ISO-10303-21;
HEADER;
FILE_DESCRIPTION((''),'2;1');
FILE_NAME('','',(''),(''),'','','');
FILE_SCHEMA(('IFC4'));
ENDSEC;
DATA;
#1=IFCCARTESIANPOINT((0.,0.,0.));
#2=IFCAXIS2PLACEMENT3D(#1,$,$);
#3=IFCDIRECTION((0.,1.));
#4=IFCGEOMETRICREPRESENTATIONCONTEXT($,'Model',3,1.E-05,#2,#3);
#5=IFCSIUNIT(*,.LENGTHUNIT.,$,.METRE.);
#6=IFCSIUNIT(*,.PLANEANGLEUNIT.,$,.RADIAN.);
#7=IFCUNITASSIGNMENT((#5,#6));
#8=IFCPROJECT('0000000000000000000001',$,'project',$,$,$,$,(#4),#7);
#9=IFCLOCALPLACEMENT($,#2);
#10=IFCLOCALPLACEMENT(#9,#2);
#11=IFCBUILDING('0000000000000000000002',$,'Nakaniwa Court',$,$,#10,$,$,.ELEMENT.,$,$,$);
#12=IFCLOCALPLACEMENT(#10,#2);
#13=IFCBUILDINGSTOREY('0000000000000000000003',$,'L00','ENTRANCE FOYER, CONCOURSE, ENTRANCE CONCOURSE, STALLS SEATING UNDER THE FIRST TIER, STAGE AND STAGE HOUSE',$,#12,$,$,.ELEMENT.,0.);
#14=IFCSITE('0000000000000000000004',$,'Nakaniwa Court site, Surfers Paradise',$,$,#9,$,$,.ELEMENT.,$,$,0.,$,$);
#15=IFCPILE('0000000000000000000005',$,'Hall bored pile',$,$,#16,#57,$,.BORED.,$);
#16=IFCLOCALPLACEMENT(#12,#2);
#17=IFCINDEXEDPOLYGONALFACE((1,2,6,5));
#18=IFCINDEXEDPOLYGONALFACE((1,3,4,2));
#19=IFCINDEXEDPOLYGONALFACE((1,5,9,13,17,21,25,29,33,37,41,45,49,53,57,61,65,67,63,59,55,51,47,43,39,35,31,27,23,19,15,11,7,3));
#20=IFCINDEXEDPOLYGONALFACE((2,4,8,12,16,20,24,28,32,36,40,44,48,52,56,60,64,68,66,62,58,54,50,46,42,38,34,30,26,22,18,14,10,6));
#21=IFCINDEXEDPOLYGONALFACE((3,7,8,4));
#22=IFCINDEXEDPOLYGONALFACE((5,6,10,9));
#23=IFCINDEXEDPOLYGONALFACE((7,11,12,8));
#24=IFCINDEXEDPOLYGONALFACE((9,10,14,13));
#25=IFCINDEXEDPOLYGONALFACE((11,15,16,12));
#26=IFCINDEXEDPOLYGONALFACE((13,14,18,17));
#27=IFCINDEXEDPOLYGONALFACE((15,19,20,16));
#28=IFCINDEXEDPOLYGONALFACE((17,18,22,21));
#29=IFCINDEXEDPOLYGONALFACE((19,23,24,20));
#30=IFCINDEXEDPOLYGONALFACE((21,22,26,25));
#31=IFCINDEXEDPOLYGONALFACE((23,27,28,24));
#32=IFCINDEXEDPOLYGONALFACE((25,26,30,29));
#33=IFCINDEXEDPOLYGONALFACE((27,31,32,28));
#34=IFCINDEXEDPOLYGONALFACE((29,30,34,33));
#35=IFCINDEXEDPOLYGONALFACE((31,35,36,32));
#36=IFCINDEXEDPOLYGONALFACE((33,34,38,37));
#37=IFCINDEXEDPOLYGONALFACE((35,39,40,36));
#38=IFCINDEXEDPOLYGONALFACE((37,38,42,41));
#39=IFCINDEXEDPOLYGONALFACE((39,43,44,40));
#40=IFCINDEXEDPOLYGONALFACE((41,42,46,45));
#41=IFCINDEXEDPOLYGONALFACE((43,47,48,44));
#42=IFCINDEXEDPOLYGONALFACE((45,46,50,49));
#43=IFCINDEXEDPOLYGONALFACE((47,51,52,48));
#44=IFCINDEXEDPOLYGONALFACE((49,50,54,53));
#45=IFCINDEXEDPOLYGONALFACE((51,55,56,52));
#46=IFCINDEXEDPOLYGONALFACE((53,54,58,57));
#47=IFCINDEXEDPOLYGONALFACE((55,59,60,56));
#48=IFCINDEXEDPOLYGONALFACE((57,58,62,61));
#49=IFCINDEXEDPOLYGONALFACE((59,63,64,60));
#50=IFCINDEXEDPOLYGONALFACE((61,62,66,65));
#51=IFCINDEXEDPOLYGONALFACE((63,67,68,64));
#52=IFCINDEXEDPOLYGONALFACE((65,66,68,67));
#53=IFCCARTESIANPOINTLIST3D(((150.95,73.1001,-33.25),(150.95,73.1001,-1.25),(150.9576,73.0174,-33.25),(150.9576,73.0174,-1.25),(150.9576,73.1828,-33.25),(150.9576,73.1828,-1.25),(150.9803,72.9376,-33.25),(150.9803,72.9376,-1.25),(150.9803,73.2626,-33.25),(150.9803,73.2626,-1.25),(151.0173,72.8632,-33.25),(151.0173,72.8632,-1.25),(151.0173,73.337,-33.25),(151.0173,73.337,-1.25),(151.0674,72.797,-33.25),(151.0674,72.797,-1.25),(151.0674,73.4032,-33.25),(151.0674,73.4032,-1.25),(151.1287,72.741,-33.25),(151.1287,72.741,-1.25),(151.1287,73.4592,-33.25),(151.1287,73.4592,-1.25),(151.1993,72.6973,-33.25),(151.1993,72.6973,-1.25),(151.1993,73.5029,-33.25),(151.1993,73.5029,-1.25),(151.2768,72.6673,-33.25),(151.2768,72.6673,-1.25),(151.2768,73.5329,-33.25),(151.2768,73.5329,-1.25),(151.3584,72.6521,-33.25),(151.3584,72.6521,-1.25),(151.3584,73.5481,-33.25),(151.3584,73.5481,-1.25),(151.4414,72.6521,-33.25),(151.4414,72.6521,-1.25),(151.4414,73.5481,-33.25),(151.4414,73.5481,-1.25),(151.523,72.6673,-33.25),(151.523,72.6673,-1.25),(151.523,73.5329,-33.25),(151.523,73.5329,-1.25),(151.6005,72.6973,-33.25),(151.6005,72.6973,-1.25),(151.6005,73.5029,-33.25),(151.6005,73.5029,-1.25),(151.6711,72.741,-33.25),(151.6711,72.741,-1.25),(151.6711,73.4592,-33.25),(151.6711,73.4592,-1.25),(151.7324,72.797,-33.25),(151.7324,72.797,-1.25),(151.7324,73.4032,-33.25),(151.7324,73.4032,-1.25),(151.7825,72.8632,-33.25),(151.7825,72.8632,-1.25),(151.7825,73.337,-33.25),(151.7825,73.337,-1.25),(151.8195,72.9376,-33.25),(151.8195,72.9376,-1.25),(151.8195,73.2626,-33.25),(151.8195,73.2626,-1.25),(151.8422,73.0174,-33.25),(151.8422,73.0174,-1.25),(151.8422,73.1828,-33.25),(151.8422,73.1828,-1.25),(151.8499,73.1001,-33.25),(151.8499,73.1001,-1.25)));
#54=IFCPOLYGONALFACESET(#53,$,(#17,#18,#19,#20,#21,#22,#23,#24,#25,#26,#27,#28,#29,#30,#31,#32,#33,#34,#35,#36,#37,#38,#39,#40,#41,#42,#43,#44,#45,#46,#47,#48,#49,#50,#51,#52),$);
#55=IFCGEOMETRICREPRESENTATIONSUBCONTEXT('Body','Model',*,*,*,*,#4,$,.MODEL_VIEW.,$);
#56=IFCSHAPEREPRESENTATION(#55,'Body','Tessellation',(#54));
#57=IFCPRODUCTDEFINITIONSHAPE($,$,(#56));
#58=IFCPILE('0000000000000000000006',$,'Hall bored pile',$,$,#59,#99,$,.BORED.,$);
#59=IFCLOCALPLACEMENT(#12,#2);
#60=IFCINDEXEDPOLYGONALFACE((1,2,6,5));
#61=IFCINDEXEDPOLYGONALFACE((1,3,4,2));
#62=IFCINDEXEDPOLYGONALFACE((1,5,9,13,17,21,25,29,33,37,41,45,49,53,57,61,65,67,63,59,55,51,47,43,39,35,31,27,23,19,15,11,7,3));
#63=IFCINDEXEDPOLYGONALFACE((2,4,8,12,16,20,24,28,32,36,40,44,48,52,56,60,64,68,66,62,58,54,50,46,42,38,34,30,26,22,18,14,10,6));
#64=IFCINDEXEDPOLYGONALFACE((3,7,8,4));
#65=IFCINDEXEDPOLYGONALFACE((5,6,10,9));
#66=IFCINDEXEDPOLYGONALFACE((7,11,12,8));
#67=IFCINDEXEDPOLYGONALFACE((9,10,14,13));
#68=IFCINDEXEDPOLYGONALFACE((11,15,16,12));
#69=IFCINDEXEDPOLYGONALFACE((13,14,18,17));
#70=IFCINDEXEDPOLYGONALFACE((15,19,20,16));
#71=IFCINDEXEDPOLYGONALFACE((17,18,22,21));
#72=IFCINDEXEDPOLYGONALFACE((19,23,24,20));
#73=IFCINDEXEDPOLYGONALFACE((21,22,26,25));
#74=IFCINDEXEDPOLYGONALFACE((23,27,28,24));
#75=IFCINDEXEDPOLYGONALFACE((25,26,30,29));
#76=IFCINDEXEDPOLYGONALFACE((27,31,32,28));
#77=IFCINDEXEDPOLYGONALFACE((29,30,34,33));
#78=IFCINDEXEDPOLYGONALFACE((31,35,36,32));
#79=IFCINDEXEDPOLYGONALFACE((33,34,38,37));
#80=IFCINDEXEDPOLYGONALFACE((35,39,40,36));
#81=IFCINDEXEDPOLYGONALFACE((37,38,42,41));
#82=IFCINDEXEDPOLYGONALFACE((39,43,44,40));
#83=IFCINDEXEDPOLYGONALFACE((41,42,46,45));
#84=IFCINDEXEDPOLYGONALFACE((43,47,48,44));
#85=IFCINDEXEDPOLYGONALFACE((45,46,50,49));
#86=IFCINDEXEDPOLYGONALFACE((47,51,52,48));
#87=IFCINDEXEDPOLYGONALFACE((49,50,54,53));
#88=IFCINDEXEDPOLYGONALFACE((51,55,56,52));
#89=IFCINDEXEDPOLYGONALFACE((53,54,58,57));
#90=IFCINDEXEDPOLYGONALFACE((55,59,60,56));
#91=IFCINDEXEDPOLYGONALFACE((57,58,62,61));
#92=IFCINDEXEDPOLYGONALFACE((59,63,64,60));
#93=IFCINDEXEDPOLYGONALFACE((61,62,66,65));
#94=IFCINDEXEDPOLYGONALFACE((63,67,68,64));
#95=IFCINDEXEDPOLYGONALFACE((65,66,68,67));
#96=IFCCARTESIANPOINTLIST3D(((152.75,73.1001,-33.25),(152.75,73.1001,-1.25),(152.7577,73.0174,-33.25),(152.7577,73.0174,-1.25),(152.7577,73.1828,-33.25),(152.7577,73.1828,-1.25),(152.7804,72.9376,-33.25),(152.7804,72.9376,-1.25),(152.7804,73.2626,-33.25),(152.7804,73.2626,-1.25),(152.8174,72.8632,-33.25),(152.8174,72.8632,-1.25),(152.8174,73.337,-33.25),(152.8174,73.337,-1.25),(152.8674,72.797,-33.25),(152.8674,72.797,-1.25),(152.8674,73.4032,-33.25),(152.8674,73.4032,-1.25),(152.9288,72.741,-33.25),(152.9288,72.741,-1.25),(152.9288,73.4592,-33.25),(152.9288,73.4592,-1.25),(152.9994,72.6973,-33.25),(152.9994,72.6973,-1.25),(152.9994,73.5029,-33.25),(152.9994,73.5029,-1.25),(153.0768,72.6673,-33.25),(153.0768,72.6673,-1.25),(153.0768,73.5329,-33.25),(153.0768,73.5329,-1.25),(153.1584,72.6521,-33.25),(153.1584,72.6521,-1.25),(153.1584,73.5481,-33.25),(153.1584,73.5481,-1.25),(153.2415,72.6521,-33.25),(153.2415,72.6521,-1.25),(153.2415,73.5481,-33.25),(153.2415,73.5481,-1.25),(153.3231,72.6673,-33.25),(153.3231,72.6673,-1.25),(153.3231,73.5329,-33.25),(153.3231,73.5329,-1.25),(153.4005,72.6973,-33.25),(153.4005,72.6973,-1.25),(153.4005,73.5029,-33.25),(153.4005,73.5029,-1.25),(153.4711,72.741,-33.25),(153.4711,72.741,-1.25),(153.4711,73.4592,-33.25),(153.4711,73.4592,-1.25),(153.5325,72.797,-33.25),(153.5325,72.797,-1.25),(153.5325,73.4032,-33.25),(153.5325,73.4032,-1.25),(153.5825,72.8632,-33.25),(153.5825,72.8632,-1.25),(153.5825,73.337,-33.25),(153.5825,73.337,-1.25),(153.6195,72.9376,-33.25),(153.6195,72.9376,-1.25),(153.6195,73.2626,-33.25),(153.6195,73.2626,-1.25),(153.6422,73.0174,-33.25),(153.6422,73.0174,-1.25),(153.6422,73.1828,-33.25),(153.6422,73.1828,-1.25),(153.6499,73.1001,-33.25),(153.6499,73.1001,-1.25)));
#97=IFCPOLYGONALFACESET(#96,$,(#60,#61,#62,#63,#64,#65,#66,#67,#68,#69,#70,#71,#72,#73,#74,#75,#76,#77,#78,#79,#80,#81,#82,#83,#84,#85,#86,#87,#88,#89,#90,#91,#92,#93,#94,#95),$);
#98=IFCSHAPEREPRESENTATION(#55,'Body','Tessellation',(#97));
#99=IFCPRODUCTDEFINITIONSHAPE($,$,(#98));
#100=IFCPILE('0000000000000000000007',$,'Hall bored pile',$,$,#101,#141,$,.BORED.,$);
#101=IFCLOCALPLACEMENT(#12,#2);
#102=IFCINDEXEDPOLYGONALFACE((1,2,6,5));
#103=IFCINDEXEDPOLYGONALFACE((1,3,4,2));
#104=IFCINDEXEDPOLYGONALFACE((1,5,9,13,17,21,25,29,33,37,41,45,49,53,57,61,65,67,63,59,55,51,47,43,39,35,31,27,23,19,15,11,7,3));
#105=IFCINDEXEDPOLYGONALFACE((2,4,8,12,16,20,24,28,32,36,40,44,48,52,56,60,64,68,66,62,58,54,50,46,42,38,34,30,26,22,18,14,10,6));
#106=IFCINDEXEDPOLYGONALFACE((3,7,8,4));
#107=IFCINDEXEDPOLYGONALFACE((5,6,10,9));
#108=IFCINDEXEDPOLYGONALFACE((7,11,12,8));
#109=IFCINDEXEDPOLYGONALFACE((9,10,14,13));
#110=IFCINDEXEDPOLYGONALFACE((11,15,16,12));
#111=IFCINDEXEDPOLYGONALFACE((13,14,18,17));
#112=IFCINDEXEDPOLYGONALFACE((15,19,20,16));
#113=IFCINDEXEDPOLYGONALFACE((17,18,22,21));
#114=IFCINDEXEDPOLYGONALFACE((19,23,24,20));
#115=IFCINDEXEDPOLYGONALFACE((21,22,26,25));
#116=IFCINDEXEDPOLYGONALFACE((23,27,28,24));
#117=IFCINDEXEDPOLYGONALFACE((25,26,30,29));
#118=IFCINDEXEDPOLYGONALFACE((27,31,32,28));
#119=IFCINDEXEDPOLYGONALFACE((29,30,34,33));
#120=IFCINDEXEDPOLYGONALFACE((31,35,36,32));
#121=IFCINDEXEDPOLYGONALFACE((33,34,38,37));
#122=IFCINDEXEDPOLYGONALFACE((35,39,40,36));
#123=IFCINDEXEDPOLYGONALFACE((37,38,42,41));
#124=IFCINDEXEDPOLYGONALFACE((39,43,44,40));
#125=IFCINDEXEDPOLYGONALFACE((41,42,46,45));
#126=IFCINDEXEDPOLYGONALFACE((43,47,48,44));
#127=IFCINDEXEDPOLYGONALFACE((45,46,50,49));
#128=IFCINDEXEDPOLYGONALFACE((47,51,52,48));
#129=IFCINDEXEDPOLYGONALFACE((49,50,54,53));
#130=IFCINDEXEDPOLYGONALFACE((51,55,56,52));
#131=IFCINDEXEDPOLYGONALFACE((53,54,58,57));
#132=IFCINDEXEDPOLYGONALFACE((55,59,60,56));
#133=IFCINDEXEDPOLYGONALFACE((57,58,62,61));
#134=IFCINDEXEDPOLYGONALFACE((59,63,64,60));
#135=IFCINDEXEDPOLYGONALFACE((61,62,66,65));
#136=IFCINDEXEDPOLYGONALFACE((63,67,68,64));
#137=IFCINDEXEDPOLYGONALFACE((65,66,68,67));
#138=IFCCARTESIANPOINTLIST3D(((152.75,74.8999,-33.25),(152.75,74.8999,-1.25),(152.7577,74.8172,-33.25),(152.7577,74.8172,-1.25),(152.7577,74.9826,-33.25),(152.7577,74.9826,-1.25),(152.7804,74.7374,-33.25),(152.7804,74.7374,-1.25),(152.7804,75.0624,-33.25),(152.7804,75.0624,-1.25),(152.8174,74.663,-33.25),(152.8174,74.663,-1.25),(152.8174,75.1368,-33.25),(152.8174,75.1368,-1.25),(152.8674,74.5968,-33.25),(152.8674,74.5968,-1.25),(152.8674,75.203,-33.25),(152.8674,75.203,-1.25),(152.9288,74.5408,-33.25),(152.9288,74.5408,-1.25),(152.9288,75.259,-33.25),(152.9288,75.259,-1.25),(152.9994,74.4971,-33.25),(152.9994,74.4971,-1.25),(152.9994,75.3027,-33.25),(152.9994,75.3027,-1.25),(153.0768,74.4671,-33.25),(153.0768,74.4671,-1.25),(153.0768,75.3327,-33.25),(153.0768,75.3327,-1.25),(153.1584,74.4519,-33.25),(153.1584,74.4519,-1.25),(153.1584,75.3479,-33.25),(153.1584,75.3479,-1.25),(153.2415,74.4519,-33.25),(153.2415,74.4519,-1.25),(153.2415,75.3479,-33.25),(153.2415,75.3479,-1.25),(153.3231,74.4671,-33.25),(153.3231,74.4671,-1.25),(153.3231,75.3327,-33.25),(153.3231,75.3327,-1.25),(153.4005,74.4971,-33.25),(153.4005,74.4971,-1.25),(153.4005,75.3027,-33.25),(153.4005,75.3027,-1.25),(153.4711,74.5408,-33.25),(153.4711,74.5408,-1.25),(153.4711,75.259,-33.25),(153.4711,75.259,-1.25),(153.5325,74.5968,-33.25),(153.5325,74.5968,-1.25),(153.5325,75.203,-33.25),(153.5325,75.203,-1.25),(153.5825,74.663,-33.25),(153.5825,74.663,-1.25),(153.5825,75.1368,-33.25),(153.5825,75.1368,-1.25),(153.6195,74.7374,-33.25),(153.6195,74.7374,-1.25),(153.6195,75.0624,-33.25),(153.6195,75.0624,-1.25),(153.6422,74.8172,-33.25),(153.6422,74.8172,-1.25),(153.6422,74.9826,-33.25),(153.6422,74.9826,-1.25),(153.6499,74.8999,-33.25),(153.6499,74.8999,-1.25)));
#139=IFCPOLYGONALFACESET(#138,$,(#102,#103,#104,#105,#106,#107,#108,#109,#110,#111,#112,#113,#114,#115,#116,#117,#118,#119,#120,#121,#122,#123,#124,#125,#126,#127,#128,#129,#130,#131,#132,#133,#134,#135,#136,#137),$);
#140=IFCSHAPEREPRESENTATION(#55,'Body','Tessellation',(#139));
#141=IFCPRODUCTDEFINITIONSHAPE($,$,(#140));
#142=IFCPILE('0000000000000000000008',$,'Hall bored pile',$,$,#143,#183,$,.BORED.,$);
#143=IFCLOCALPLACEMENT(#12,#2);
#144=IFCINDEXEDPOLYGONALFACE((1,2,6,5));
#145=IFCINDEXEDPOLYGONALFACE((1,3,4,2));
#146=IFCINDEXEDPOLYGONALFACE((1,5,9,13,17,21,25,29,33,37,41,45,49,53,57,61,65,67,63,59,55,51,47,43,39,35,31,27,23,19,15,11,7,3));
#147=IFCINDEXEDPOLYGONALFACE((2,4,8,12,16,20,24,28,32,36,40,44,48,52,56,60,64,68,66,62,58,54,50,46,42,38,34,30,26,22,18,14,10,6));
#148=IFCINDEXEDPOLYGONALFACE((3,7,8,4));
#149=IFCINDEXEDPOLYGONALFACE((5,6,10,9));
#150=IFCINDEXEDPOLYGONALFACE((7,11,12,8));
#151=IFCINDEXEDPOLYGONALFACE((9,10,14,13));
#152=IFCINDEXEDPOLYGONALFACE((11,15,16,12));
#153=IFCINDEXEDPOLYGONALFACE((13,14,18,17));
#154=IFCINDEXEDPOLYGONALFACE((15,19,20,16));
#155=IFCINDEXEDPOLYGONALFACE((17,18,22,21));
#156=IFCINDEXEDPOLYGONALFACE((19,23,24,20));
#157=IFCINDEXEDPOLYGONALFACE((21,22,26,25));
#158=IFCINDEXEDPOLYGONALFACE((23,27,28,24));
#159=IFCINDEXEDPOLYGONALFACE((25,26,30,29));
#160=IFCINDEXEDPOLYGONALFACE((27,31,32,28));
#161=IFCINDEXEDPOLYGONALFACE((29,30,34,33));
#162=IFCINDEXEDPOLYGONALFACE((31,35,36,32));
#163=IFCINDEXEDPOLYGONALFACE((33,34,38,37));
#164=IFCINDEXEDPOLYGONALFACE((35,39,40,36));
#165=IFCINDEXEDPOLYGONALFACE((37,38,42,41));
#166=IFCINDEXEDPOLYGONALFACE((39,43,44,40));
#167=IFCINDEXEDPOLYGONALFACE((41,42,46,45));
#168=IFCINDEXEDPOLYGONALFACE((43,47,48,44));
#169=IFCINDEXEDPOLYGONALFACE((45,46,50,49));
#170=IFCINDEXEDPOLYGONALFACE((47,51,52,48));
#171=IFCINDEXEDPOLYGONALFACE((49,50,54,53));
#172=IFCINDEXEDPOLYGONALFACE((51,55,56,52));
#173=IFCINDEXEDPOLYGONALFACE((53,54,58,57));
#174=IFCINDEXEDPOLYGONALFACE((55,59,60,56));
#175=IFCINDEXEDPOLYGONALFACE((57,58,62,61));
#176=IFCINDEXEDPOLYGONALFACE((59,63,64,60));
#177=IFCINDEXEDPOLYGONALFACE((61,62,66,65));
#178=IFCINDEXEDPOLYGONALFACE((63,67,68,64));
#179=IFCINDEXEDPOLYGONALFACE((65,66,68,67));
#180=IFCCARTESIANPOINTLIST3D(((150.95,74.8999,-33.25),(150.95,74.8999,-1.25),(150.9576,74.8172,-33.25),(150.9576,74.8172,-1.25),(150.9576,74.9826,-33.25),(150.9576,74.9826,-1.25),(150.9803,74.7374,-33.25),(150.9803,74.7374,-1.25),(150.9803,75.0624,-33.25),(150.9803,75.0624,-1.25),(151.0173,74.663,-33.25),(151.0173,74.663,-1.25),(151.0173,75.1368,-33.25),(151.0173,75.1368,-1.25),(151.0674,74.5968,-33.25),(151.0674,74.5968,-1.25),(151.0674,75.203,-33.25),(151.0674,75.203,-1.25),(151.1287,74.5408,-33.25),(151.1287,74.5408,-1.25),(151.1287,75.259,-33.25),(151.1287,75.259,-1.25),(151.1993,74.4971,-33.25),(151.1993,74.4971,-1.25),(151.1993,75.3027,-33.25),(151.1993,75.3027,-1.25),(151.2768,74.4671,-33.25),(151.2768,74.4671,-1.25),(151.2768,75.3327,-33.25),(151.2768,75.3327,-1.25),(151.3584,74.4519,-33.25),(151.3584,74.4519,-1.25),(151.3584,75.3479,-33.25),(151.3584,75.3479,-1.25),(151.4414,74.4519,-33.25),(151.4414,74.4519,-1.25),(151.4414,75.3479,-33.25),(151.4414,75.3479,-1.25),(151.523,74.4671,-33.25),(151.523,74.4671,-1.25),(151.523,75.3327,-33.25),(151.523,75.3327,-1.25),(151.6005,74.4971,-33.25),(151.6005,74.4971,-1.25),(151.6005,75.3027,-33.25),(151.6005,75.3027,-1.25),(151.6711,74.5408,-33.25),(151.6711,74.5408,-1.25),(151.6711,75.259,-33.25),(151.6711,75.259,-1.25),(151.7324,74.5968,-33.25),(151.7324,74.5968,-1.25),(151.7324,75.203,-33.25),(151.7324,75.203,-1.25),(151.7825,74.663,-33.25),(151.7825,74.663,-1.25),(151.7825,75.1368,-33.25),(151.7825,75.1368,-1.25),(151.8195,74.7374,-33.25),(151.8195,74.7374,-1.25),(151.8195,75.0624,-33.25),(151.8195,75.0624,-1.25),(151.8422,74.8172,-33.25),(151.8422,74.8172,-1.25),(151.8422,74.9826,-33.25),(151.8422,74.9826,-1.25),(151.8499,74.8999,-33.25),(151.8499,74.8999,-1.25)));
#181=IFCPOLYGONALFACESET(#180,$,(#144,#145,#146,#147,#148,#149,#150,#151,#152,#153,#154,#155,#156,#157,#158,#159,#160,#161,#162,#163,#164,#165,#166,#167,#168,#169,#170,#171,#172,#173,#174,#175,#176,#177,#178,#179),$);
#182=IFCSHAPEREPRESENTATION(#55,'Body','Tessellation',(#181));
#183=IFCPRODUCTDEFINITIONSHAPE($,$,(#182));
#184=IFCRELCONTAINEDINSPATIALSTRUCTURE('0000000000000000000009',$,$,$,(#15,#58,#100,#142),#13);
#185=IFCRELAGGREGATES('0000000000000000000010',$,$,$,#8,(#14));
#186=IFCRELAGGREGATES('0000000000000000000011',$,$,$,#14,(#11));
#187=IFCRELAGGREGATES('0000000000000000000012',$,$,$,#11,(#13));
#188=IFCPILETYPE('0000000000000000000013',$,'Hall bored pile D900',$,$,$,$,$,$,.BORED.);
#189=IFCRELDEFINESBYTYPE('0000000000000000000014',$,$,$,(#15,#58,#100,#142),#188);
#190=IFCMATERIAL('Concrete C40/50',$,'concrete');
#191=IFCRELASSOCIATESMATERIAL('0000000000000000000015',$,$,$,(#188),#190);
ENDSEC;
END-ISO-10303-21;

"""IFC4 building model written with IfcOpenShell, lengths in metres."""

from ifc_helpers import new_model, si_unit, direction, frame, origin, origin_2d, place, context, subcontext, project, spatial, circle, extrude, material, material_profile, profile_set, type_object, element, save


model = new_model("IFC4")

# Units and contexts
model_context = context("Model", 3, precision=1e-05, world=origin(), true_north=direction((0.0, 1.0)))
body_context = subcontext(model_context, "Body", "Model", "MODEL_VIEW")
ifc_project = project(units=[si_unit("LENGTHUNIT", "METRE"), si_unit("PLANEANGLEUNIT", "RADIAN")], contexts=[model_context])

# Site, building, storey
site_placement = place(None, origin())
site = spatial("IfcSite", under=ifc_project, at=site_placement, Name="Nakaniwa Court site, Surfers Paradise", CompositionType="ELEMENT", RefElevation=0.0)
building_placement = place(site_placement, origin())
building = spatial("IfcBuilding", under=site, at=building_placement, Name="Nakaniwa Court", CompositionType="ELEMENT")
storey_placement = place(building_placement, origin())
storey = spatial("IfcBuildingStorey", under=building, at=storey_placement, Name="L00", Description="ENTRANCE FOYER, CONCOURSE, ENTRANCE CONCOURSE, STALLS SEATING UNDER THE FIRST TIER, STAGE AND STAGE HOUSE", CompositionType="ELEMENT", Elevation=0.0)

# Piles
ifc_material_1 = material(Name="Concrete C40/50", Category="concrete")
ifc_material_profile_1 = material_profile(ifc_material_1, circle(Radius=0.45, at=origin_2d()), Name="Bored pile D900")
ifc_profile_set_1 = profile_set([ifc_material_profile_1], Name="Concrete C40/50")
pile_type = type_object("IfcPileType", Name="Hall bored pile D900", PredefinedType="BORED", material=ifc_profile_set_1)
for number, where, z_axis, x_axis, name in (
    (1, (151.3999, 73.1001, -1.25), (0.0, 0.0, -1.0), (1.0, 0.0, 0.0), "Hall bored pile"),
    (2, (153.2, 73.1001, -1.25), (0.0, 0.0, -1.0), (1.0, 0.0, 0.0), "Hall bored pile"),
    (3, (153.2, 74.8999, -1.25), (0.0, 0.0, -1.0), (1.0, 0.0, 0.0), "Hall bored pile"),
    (4, (151.3999, 74.8999, -1.25), (0.0, 0.0, -1.0), (1.0, 0.0, 0.0), "Hall bored pile"),
):
    element("IfcPile", number, at=place(storey_placement, frame(where, z_axis=z_axis, x_axis=x_axis)), inside=storey, type_object=pile_type, Name=name, PredefinedType="BORED", context=body_context, shape_type="SweptSolid", body=[
        extrude(circle(Radius=0.45, at=origin_2d()), origin(), (0.0, 0.0, 1.0), 32.0),
    ])

save(model, "model.ifc")
